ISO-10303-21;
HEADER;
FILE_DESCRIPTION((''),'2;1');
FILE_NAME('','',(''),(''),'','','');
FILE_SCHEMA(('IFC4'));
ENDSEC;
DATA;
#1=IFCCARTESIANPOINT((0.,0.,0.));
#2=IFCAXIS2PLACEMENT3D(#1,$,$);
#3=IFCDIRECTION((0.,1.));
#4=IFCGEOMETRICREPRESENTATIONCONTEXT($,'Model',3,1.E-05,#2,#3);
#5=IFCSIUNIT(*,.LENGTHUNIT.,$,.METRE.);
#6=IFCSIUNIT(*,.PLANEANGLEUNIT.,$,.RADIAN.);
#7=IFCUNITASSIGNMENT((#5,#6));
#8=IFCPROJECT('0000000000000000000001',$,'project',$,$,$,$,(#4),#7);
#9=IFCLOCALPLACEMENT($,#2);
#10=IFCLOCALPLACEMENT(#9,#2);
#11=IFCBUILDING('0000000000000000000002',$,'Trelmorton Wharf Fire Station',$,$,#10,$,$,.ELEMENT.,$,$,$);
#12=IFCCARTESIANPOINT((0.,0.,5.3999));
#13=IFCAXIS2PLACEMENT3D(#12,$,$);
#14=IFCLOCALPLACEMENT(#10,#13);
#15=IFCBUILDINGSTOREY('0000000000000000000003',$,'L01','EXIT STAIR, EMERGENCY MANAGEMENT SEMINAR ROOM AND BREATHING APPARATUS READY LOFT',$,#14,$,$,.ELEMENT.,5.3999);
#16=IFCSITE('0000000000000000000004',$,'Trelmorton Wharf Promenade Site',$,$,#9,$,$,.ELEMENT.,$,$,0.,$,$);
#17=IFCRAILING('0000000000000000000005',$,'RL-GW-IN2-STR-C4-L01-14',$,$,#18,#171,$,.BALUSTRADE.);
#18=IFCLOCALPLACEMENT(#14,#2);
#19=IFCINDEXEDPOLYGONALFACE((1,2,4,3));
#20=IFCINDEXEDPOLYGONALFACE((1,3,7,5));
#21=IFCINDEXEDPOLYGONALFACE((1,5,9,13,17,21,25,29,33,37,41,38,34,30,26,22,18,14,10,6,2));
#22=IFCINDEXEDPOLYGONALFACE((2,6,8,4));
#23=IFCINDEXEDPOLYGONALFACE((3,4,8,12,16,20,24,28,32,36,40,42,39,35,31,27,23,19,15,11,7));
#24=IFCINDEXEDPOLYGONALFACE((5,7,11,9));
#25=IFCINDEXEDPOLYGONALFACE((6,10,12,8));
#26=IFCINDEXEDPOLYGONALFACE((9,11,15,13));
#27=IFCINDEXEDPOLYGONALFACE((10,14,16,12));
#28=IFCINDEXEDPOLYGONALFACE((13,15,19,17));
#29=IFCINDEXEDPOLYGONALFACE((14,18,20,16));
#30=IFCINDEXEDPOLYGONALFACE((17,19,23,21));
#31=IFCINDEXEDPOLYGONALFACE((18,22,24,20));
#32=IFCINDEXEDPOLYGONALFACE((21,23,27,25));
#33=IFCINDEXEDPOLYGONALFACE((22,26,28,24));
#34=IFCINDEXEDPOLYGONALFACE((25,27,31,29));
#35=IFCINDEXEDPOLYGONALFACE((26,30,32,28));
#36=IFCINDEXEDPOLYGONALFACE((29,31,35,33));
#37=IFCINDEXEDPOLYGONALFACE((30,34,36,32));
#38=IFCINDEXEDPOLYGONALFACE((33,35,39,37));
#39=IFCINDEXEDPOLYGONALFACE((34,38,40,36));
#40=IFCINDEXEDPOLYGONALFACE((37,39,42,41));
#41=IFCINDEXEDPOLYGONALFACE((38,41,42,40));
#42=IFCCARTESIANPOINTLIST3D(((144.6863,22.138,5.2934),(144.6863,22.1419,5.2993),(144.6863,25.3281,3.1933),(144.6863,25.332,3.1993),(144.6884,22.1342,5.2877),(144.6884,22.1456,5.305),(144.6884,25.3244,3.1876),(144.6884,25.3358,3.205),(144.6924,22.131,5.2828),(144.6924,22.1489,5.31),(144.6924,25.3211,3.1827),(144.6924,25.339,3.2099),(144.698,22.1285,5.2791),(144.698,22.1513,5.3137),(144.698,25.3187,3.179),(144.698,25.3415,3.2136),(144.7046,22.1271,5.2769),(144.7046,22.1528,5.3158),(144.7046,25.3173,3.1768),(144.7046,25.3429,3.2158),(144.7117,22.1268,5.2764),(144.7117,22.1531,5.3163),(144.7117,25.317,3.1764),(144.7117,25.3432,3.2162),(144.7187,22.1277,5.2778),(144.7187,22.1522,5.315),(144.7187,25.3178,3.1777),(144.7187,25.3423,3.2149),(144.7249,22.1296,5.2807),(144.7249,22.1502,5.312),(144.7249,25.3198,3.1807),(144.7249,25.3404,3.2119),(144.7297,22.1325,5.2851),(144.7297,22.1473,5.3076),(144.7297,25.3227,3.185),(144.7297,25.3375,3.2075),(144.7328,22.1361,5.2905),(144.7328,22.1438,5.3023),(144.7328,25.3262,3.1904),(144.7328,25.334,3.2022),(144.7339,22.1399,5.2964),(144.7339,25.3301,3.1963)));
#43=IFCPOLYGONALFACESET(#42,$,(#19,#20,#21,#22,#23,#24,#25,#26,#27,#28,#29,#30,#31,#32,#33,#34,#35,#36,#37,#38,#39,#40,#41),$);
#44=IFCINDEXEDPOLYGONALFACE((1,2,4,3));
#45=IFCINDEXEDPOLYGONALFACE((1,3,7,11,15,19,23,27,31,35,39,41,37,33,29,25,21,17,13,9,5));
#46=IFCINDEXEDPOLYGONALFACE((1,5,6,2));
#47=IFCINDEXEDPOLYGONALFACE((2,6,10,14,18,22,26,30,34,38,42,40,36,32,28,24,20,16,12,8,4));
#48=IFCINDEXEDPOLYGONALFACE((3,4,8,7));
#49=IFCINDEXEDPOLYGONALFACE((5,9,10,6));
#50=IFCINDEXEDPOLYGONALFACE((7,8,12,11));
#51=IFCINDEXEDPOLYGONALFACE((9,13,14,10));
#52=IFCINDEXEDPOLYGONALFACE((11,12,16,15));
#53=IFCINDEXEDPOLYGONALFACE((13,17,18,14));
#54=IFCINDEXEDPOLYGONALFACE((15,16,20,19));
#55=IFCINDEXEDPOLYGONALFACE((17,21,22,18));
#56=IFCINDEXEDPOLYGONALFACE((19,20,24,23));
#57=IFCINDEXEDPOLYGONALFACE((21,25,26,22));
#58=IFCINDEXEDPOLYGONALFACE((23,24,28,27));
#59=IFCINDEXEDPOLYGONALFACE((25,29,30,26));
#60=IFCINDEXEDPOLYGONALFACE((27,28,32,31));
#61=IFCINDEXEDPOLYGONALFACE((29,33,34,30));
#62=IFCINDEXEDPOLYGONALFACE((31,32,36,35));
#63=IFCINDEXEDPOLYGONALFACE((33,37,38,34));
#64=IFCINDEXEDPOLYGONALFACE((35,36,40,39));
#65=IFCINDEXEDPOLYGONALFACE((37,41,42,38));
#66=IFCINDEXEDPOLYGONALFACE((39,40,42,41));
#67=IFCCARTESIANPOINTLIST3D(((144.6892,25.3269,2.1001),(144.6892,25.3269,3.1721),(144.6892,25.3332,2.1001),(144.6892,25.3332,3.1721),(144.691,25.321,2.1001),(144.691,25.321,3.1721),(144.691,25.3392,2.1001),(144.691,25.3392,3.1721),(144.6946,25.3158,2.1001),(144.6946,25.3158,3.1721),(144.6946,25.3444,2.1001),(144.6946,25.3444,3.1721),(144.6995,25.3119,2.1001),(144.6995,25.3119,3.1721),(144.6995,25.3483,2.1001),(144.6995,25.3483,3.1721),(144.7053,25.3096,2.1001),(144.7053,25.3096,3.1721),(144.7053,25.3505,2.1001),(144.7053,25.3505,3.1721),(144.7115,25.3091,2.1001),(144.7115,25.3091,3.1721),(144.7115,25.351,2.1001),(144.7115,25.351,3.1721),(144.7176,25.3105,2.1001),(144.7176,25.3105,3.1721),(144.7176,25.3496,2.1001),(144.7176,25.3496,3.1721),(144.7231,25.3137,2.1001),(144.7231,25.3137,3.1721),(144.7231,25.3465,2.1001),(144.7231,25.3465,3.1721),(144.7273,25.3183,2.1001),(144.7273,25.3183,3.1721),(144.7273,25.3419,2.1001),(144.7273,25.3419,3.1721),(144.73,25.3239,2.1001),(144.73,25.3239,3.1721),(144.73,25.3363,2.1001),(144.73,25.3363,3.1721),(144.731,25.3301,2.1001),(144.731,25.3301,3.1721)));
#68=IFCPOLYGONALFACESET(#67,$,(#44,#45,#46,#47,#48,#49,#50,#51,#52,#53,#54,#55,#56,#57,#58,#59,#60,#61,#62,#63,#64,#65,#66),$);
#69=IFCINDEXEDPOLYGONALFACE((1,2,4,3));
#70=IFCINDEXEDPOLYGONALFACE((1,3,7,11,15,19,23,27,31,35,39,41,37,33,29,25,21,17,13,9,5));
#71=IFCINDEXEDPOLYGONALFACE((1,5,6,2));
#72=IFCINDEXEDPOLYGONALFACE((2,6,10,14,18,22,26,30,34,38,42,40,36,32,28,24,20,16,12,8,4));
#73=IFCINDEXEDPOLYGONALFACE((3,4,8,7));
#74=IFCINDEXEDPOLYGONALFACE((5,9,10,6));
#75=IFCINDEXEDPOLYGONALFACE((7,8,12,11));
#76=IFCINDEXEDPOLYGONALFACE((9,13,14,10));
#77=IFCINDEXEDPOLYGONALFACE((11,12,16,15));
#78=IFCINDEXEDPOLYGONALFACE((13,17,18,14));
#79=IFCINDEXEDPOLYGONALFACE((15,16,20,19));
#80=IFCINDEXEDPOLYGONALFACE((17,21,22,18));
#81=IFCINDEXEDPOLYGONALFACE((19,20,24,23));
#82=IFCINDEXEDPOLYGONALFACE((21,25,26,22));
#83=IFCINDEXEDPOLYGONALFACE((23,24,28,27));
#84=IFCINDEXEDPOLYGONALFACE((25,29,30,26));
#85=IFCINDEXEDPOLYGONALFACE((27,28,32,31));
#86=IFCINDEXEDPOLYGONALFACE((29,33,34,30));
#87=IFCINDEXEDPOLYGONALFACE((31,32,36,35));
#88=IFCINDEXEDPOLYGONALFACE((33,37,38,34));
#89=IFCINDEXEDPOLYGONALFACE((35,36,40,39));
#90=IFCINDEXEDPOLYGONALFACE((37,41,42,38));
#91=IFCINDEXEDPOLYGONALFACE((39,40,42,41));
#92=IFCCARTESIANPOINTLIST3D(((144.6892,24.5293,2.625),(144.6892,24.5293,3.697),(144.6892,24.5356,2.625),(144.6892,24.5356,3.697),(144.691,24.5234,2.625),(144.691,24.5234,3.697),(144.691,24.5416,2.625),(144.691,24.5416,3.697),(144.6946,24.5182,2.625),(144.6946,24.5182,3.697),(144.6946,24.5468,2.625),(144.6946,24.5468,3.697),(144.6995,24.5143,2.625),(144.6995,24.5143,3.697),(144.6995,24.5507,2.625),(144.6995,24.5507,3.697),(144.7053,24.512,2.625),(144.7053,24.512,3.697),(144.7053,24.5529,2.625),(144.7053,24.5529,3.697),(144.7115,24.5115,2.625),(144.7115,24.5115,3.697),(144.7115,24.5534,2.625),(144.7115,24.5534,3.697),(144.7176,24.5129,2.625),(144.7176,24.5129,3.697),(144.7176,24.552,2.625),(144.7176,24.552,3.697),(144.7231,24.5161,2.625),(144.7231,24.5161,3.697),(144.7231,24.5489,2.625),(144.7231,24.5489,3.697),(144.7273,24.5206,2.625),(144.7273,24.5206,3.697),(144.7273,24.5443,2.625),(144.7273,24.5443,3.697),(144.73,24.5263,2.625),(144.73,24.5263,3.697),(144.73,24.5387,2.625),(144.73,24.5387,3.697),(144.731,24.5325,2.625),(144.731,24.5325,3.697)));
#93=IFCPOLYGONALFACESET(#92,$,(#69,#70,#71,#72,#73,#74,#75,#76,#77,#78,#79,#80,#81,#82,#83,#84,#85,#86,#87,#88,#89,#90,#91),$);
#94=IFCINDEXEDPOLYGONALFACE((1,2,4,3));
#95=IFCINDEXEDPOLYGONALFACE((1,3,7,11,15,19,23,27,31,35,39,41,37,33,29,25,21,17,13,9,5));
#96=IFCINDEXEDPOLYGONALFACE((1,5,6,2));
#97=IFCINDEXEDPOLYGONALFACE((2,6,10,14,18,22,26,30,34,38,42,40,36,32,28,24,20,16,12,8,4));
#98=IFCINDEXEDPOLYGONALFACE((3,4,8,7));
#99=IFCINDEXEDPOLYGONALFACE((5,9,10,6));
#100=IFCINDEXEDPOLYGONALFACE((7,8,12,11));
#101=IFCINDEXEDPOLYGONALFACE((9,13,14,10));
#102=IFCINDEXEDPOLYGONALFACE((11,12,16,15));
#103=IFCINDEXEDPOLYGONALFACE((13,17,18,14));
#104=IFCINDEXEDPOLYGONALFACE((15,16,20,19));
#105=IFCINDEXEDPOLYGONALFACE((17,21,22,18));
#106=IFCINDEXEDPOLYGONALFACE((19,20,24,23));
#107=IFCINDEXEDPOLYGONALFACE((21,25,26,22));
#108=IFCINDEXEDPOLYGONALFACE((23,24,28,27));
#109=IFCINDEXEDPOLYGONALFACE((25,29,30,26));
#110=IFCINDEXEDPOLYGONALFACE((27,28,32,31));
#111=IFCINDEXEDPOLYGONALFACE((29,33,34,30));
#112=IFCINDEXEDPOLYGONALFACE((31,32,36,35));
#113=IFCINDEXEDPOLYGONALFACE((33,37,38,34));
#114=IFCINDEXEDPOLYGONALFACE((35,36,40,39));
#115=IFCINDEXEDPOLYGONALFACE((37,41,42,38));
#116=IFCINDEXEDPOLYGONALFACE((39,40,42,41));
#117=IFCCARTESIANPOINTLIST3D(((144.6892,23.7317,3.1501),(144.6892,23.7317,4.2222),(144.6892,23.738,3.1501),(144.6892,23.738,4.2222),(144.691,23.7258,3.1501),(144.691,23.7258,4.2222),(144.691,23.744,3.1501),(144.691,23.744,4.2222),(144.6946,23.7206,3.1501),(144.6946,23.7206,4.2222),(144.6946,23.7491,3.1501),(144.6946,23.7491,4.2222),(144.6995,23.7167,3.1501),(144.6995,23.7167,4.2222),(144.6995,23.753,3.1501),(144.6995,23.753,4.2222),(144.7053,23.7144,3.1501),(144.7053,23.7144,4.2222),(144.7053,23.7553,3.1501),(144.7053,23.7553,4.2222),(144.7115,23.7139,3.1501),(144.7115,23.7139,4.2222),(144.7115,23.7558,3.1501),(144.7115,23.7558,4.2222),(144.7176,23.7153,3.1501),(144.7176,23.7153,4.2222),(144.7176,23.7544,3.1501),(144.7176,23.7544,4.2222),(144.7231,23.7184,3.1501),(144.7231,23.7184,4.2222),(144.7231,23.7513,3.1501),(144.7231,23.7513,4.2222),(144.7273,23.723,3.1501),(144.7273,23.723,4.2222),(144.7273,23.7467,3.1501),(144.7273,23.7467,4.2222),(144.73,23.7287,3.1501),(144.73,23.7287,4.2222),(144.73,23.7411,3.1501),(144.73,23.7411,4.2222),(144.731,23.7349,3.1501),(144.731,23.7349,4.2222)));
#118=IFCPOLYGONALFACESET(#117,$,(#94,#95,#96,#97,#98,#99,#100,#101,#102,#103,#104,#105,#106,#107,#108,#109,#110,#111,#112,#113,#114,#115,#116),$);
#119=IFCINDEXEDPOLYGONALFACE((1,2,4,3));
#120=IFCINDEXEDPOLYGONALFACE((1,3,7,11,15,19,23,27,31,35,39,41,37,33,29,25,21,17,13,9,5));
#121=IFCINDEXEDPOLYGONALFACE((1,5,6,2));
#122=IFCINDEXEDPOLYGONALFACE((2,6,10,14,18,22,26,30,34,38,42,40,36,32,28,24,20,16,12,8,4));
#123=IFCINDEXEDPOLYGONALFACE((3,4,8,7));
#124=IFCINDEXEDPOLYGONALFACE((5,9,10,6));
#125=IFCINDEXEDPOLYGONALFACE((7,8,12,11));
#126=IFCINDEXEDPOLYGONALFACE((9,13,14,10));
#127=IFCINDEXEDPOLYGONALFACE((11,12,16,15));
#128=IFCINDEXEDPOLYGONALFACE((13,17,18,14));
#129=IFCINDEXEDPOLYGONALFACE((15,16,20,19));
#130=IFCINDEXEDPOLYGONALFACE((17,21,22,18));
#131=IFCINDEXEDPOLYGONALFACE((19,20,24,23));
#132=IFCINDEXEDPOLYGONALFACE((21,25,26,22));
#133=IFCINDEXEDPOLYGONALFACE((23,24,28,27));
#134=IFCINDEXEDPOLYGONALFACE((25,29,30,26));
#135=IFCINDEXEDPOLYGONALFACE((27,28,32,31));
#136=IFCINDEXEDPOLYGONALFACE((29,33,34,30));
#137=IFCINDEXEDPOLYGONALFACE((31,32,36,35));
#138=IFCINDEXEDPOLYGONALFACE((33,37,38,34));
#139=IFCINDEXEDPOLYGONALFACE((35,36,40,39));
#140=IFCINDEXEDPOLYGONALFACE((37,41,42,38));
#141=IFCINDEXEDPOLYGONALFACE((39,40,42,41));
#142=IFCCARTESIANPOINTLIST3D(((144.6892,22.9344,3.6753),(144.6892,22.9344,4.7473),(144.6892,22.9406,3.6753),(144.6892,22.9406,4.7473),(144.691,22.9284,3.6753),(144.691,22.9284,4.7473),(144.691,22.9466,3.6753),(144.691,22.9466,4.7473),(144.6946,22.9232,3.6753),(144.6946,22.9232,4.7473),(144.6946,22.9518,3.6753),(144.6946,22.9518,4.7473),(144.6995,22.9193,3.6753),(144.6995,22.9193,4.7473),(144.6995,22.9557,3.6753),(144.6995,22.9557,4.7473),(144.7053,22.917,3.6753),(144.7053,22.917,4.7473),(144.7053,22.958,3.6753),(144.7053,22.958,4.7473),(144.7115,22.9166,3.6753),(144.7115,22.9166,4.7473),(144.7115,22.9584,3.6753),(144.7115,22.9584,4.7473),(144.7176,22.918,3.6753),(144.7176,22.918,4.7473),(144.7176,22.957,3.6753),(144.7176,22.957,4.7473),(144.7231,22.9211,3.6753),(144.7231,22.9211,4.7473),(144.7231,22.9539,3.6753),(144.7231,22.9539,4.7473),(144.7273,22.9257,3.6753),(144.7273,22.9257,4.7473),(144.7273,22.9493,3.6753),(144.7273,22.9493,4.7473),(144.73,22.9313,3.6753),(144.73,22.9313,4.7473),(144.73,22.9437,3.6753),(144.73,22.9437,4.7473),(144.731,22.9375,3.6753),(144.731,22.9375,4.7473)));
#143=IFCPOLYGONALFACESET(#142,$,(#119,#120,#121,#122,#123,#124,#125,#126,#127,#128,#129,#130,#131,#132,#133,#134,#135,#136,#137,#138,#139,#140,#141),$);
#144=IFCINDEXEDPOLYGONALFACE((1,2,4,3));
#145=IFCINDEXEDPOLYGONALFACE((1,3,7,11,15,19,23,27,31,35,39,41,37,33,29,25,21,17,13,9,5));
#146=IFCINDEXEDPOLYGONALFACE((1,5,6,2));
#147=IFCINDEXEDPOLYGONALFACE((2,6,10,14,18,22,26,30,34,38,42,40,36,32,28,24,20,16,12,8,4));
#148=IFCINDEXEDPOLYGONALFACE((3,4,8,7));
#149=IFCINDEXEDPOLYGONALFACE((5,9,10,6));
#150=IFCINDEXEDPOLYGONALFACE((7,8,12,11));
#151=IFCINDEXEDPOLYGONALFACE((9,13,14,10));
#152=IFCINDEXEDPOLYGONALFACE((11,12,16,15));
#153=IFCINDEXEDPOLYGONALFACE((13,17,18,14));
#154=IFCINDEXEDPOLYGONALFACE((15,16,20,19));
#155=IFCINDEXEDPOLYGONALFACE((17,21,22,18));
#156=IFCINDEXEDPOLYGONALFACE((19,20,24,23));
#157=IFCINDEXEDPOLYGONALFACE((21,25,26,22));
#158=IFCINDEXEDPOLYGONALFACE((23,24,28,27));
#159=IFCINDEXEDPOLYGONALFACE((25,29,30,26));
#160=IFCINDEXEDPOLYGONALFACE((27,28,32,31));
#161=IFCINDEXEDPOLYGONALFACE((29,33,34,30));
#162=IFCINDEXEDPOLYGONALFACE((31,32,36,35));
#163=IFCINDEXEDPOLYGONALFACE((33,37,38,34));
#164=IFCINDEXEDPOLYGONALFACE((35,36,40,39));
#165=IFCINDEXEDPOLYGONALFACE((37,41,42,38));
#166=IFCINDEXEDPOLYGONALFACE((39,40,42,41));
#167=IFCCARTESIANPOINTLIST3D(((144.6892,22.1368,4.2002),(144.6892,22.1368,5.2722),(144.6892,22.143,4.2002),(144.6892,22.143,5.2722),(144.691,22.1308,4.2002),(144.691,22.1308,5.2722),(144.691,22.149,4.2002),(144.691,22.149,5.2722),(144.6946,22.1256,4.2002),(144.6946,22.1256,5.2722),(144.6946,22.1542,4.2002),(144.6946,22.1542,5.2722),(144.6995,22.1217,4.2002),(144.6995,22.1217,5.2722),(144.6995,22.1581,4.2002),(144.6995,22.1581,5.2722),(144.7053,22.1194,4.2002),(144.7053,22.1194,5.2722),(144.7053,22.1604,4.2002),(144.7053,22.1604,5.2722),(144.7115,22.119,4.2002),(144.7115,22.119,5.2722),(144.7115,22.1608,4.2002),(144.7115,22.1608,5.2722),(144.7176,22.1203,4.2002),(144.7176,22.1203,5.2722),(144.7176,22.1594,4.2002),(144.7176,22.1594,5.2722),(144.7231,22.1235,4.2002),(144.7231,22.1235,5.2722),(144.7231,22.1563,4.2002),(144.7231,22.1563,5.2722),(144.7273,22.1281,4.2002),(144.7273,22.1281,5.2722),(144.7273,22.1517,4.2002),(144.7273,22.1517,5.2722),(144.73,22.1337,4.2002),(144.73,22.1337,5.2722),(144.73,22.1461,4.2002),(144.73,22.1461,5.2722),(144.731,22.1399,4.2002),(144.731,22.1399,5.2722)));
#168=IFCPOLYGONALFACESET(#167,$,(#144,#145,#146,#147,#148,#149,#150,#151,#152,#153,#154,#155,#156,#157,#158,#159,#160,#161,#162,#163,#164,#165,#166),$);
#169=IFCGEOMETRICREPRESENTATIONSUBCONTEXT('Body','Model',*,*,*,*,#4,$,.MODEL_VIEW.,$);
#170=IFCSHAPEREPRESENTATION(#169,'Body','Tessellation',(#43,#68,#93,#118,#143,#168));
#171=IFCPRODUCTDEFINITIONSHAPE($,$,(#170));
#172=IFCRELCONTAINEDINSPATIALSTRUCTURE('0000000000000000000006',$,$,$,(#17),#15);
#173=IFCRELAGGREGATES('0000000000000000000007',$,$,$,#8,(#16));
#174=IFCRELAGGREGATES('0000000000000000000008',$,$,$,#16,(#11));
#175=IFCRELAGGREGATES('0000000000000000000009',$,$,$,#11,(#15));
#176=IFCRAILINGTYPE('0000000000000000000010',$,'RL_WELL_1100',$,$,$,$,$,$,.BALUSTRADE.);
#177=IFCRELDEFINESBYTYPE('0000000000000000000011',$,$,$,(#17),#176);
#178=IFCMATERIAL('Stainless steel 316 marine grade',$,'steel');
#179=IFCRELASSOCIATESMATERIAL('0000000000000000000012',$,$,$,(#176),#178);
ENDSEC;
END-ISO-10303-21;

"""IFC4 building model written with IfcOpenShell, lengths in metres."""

from ifc_helpers import new_model, si_unit, direction, frame, origin, origin_2d, place, context, subcontext, project, spatial, circle, extrude, material, type_object, element, save


model = new_model("IFC4")

# Units and contexts
model_context = context("Model", 3, precision=1e-05, world=origin(), true_north=direction((0.0, 1.0)))
body_context = subcontext(model_context, "Body", "Model", "MODEL_VIEW")
ifc_project = project(units=[si_unit("LENGTHUNIT", "METRE"), si_unit("PLANEANGLEUNIT", "RADIAN")], contexts=[model_context])

# Site, building, storey
site_placement = place(None, origin())
site = spatial("IfcSite", under=ifc_project, at=site_placement, Name="Trelmorton Wharf Promenade Site", CompositionType="ELEMENT", RefElevation=0.0)
building_placement = place(site_placement, origin())
building = spatial("IfcBuilding", under=site, at=building_placement, Name="Trelmorton Wharf Fire Station", CompositionType="ELEMENT")
storey_placement = place(building_placement, frame((0.0, 0.0, 5.3999)))
storey = spatial("IfcBuildingStorey", under=building, at=storey_placement, Name="L01", Description="EXIT STAIR, EMERGENCY MANAGEMENT SEMINAR ROOM AND BREATHING APPARATUS READY LOFT", CompositionType="ELEMENT", Elevation=5.3999)

# Shared definitions
ifc_material_1 = material(Name="Stainless steel 316 marine grade", Category="steel")

# Railing
railing_type_1 = type_object("IfcRailingType", Name="RL_WELL_1100", PredefinedType="BALUSTRADE", material=ifc_material_1)
railing_1_placement = place(storey_placement, frame((144.71, 25.3301, 2.1001)))
element("IfcRailing", 1, at=railing_1_placement, inside=storey, type_object=railing_type_1, Name="RL-GW-IN2-STR-C4-L01-14", PredefinedType="BALUSTRADE", context=body_context, shape_type="SweptSolid", body=[
    extrude(circle(Radius=0.0239, at=origin_2d()), frame((0.0, 0.0, 1.0962), z_axis=(0.0, -0.835262, 0.549852), x_axis=(1.0, 0.0, 0.0)), (0.0, 0.0, 1.0), 3.8193),
    extrude(circle(Radius=0.021, at=origin_2d()), origin(), (0.0, 0.0, 1.0), 1.072),
    extrude(circle(Radius=0.021, at=origin_2d()), frame((0.0, -0.7976, 0.5249)), (0.0, 0.0, 1.0), 1.072),
    extrude(circle(Radius=0.021, at=origin_2d()), frame((0.0, -1.5952, 1.05)), (0.0, 0.0, 1.0), 1.072),
    extrude(circle(Radius=0.021, at=origin_2d()), frame((0.0, -2.3926, 1.5752)), (0.0, 0.0, 1.0), 1.072),
    extrude(circle(Radius=0.021, at=origin_2d()), frame((0.0, -3.1902, 2.1001)), (0.0, 0.0, 1.0), 1.072),
])

save(model, "model.ifc")
